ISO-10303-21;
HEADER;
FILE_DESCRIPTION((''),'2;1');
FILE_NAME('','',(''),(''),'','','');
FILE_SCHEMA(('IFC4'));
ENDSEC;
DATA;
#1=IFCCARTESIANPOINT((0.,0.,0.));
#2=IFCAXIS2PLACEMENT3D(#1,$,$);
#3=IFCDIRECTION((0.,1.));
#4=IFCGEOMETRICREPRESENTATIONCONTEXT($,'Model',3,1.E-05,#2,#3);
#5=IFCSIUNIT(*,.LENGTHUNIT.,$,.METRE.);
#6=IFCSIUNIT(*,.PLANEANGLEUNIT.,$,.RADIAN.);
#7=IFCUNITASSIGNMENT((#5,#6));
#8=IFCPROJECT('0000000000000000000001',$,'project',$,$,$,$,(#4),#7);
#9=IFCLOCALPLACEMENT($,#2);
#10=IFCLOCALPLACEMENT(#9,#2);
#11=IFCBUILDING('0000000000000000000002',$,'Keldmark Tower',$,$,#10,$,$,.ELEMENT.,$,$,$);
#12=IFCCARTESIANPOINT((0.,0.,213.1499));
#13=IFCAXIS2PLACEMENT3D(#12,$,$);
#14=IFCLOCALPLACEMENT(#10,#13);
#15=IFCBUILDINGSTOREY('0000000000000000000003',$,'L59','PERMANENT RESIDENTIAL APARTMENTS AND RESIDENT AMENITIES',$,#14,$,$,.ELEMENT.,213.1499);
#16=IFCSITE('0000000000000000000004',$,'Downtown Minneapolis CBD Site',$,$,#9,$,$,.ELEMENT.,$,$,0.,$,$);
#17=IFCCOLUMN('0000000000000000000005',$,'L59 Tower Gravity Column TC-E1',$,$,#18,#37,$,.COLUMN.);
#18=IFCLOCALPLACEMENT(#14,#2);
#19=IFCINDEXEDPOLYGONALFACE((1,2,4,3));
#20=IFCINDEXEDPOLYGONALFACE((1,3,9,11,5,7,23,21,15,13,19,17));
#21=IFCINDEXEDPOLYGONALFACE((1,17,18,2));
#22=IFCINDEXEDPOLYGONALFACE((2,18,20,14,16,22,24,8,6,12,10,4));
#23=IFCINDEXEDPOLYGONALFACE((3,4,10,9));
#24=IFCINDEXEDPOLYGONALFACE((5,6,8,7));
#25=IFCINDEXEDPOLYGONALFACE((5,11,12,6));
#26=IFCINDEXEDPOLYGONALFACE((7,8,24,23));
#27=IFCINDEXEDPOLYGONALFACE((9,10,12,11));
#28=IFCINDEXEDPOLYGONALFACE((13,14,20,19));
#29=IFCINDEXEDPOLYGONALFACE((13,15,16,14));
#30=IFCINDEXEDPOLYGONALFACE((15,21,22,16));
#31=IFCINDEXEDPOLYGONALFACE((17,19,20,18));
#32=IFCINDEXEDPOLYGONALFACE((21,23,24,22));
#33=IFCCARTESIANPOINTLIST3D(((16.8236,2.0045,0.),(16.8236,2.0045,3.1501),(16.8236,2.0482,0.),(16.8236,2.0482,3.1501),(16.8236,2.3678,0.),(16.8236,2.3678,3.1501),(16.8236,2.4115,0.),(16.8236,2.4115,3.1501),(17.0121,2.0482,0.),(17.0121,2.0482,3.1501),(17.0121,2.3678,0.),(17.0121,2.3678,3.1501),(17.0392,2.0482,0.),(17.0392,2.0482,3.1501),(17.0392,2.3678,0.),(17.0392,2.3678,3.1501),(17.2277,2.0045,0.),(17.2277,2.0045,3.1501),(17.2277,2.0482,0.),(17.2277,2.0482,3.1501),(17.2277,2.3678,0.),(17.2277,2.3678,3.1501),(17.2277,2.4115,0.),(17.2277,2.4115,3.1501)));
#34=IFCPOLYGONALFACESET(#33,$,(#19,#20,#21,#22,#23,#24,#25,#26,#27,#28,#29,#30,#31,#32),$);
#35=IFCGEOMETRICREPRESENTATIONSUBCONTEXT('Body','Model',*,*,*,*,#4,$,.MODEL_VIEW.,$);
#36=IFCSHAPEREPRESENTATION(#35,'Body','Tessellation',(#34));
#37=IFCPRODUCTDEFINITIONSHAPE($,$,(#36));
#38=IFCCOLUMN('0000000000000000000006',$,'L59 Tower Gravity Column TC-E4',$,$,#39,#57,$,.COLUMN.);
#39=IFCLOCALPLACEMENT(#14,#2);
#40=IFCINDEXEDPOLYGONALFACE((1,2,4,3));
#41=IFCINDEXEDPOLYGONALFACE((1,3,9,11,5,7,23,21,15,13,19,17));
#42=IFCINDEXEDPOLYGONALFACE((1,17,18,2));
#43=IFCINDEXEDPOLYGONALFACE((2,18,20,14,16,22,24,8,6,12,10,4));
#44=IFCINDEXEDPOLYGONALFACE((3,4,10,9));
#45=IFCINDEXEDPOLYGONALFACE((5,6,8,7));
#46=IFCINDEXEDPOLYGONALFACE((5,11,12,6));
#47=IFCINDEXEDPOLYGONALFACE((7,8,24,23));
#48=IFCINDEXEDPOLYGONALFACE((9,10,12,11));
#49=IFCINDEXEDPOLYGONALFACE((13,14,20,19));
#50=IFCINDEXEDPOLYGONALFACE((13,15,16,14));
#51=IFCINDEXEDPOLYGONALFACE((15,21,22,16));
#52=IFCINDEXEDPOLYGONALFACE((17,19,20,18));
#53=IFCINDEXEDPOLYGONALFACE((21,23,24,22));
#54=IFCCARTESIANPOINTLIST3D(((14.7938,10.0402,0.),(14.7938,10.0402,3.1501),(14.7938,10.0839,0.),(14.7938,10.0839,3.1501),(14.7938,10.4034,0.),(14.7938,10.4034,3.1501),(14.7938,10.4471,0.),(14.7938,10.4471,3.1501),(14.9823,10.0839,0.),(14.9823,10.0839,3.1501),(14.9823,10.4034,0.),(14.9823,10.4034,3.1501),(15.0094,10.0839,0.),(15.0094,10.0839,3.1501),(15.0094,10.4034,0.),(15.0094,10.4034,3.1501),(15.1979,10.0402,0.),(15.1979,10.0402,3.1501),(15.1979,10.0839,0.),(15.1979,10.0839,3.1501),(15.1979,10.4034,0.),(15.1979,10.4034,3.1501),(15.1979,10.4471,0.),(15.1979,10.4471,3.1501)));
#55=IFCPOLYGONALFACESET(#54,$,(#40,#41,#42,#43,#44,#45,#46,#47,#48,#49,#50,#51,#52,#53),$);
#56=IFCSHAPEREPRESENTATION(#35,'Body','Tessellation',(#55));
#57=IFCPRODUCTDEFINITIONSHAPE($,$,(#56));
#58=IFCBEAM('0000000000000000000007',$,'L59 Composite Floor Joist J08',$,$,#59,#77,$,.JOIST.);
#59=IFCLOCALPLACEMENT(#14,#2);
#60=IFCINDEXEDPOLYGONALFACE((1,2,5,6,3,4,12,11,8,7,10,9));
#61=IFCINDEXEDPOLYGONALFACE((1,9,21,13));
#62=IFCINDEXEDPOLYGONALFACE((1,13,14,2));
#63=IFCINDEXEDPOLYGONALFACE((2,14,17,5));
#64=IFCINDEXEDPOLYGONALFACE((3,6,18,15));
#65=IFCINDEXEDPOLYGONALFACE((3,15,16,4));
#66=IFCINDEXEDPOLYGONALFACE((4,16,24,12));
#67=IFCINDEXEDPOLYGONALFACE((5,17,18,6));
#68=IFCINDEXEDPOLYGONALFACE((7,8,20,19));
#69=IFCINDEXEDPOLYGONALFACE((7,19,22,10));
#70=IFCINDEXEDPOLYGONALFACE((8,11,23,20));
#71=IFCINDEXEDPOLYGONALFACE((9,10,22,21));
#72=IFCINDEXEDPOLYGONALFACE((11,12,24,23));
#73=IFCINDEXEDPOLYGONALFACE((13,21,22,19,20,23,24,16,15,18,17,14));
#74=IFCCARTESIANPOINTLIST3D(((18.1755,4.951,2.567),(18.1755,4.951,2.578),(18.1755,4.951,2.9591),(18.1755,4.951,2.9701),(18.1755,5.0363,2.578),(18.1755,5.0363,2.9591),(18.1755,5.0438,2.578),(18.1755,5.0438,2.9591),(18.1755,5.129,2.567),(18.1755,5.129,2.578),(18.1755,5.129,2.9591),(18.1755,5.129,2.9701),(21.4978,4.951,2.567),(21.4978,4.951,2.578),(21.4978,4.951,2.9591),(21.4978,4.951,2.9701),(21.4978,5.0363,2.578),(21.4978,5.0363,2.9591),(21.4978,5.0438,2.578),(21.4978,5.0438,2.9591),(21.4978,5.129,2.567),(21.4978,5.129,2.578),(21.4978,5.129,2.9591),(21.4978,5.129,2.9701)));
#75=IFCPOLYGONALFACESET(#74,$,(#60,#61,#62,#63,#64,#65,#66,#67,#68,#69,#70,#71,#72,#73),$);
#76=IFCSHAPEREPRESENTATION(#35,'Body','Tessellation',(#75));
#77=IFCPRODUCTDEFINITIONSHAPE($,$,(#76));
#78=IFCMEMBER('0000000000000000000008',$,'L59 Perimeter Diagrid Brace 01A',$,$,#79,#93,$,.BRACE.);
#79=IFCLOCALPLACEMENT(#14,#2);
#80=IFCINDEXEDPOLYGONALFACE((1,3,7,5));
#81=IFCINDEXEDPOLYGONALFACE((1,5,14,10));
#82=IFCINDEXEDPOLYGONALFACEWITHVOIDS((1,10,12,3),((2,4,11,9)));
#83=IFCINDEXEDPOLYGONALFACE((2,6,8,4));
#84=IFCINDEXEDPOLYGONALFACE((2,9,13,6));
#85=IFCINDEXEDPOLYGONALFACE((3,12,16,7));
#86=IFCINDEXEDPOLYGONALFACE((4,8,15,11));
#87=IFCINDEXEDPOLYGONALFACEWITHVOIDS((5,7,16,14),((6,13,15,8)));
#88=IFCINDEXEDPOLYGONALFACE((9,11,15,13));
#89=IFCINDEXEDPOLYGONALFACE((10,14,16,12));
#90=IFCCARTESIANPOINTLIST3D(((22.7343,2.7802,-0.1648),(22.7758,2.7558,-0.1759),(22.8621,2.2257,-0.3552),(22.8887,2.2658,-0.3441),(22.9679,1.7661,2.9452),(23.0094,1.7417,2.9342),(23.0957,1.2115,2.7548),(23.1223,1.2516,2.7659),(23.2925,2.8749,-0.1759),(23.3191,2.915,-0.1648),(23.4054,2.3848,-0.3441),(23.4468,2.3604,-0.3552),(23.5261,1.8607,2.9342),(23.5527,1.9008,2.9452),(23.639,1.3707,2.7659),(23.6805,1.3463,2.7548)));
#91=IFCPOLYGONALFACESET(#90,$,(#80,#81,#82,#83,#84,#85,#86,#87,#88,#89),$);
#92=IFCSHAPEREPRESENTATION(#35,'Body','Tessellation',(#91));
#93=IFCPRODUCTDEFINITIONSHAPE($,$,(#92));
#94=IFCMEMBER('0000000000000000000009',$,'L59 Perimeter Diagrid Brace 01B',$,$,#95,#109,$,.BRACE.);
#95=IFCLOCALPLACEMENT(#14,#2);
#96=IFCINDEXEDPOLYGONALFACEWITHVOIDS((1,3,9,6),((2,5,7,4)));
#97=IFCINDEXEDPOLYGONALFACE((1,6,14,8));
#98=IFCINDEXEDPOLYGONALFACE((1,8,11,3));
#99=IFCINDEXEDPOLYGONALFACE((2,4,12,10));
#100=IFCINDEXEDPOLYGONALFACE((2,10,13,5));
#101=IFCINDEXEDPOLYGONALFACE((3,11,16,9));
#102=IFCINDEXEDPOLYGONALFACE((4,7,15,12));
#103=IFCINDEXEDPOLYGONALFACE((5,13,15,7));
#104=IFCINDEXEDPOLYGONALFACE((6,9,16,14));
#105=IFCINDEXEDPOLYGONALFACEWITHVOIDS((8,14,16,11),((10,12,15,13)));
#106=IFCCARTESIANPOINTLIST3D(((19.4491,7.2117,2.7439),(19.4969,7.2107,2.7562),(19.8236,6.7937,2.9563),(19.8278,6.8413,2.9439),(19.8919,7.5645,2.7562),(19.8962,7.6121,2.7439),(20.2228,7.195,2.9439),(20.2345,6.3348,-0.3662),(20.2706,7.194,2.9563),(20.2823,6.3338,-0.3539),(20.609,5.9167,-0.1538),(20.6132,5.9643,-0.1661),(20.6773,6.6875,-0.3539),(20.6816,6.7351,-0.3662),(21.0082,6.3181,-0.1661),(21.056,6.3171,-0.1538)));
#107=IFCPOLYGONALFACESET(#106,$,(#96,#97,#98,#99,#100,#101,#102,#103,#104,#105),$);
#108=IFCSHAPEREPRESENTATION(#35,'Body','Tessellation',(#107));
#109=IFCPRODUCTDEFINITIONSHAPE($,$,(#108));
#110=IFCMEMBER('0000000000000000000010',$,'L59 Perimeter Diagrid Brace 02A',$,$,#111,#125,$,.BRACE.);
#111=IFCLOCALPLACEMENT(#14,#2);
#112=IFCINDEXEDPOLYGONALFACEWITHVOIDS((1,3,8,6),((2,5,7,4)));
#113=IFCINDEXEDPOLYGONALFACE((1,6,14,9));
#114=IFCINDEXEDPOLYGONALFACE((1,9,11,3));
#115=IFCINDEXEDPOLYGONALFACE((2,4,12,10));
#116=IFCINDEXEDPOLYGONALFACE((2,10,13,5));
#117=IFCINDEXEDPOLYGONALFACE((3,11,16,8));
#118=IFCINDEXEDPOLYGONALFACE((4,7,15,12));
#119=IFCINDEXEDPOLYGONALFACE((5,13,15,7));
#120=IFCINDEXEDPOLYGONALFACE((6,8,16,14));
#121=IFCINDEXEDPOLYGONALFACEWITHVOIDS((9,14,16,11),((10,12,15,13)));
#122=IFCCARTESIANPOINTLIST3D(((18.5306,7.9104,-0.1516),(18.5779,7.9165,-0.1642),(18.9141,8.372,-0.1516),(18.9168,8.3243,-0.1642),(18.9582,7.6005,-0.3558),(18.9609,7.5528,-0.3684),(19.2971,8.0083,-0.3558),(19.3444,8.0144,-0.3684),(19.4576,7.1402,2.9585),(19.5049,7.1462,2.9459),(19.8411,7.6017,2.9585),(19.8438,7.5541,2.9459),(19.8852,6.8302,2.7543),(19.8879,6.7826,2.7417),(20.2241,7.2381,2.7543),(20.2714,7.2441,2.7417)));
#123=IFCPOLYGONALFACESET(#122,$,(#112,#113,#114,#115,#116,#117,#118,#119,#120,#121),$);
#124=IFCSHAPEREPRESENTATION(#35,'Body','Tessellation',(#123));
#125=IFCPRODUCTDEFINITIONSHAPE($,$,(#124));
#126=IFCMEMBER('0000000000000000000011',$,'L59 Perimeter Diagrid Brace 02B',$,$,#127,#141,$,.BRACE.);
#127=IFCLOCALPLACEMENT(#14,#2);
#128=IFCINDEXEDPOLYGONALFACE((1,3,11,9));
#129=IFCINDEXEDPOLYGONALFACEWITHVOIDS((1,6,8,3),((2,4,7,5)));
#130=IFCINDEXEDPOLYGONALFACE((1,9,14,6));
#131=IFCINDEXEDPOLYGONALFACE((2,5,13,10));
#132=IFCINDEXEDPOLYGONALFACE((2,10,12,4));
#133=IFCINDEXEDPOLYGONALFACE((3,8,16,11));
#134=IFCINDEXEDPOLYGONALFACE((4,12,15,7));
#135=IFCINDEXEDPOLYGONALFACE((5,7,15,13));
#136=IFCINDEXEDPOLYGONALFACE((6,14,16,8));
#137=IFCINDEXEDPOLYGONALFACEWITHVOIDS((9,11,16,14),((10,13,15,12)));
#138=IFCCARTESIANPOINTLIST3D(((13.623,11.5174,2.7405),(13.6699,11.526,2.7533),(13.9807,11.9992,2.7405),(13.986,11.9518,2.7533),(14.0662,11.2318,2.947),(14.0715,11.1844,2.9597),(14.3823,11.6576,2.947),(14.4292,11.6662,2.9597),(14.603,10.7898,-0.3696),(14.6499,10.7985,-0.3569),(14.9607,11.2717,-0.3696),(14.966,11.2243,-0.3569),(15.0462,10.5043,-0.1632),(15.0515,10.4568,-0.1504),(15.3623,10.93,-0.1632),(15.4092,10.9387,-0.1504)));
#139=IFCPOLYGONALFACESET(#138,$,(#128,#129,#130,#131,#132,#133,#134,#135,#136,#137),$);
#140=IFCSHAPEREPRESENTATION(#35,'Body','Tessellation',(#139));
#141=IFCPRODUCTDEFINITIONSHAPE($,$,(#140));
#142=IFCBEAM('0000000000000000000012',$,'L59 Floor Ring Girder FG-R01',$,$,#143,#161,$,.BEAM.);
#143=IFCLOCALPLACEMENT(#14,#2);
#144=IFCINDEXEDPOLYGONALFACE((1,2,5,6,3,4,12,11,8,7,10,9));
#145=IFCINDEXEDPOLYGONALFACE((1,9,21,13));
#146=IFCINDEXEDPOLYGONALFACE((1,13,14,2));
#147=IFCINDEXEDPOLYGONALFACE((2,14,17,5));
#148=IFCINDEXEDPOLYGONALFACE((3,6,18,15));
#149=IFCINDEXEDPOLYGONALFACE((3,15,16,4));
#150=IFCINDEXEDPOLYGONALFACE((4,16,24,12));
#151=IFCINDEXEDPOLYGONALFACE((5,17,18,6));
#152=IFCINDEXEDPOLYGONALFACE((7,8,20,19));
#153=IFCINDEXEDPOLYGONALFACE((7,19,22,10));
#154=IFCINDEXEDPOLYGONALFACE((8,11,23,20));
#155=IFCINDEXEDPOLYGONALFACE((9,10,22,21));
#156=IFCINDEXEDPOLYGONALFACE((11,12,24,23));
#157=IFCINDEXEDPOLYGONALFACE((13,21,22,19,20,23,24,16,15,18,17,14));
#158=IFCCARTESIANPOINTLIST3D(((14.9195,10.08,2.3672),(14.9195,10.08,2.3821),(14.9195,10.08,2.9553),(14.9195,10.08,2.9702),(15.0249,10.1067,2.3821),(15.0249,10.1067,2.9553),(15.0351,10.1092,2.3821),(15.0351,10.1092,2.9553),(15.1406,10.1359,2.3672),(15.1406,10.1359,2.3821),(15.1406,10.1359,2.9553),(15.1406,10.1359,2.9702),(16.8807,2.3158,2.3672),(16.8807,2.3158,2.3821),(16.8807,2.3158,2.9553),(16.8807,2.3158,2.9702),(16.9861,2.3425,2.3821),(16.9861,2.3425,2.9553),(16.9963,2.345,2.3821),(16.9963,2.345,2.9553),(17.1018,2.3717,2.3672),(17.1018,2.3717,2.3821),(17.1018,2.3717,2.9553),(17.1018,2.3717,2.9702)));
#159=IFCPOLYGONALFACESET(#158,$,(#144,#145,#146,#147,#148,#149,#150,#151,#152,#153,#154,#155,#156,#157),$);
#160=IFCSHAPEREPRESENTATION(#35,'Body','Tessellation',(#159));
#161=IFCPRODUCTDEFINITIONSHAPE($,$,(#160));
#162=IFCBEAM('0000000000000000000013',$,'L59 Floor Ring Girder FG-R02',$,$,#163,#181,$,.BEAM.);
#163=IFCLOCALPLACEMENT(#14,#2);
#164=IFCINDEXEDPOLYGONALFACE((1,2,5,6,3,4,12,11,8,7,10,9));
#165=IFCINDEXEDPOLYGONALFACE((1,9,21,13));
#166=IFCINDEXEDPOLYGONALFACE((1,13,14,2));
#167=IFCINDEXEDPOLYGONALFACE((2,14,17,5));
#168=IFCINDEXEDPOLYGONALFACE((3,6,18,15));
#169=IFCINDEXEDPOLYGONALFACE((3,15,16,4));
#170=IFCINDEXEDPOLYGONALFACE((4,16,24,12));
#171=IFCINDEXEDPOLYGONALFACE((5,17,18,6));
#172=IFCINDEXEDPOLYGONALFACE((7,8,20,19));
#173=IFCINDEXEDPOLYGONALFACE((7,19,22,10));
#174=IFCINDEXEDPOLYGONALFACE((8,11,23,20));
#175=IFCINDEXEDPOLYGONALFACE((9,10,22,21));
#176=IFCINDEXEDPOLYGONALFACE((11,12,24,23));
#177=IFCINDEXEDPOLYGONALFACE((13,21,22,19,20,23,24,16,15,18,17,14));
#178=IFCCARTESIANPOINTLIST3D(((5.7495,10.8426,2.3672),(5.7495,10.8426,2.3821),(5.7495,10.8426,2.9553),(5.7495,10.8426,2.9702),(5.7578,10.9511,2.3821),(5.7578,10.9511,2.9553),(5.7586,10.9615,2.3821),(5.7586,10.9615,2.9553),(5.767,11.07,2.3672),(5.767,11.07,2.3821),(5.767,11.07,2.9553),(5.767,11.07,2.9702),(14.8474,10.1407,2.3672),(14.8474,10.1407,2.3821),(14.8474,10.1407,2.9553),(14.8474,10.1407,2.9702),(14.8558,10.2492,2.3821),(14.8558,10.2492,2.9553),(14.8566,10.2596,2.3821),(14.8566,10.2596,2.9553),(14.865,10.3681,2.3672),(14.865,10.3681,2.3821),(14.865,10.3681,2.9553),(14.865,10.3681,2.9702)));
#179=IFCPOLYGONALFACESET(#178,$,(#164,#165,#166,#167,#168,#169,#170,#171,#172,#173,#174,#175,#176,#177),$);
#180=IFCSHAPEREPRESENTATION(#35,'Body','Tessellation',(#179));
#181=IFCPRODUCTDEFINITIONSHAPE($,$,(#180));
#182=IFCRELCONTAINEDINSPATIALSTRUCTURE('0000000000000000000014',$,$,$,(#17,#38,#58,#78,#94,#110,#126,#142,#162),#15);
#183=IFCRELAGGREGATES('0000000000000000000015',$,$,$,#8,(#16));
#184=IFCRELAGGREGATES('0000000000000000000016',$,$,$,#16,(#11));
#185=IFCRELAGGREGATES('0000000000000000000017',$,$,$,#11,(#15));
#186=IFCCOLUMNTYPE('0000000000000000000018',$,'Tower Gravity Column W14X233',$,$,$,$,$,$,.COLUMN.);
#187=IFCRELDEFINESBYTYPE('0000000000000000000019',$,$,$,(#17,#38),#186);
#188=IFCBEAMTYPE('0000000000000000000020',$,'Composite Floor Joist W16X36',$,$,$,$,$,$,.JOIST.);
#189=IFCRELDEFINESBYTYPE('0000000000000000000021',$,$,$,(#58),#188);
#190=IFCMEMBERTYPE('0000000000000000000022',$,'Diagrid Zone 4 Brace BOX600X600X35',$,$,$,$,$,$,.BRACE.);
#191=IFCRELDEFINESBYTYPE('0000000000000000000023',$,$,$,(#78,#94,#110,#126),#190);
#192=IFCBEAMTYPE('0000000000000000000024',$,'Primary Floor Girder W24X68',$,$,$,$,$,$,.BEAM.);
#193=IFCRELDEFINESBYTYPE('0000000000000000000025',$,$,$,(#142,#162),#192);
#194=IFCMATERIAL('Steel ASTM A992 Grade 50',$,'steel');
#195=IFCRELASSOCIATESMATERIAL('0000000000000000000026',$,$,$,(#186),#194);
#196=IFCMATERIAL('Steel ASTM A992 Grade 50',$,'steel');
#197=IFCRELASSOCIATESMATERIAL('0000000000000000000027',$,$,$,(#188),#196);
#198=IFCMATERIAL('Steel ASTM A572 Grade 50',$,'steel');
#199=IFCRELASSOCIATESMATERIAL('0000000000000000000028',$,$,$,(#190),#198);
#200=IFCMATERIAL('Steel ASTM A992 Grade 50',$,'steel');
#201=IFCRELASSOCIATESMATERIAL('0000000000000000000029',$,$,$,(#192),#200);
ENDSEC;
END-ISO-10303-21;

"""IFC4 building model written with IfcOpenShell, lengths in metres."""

from ifc_helpers import new_model, si_unit, direction, frame, origin, origin_2d, place, context, subcontext, project, spatial, hollow_rectangle, i_section, extrude, material, material_profile, profile_set, type_object, element, save


model = new_model("IFC4")

# Units and contexts
model_context = context("Model", 3, precision=1e-05, world=origin(), true_north=direction((0.0, 1.0)))
body_context = subcontext(model_context, "Body", "Model", "MODEL_VIEW")
ifc_project = project(units=[si_unit("LENGTHUNIT", "METRE"), si_unit("PLANEANGLEUNIT", "RADIAN")], contexts=[model_context])

# Site, building, storey
site_placement = place(None, origin())
site = spatial("IfcSite", under=ifc_project, at=site_placement, Name="Downtown Minneapolis CBD Site", CompositionType="ELEMENT", RefElevation=0.0)
building_placement = place(site_placement, origin())
building = spatial("IfcBuilding", under=site, at=building_placement, Name="Keldmark Tower", CompositionType="ELEMENT")
storey_placement = place(building_placement, frame((0.0, 0.0, 213.1499)))
storey = spatial("IfcBuildingStorey", under=building, at=storey_placement, Name="L59", Description="PERMANENT RESIDENTIAL APARTMENTS AND RESIDENT AMENITIES", CompositionType="ELEMENT", Elevation=213.1499)

# Columns
ifc_material_1 = material(Name="Steel ASTM A992 Grade 50", Category="steel")
ifc_material_profile_1 = material_profile(ifc_material_1, i_section(OverallWidth=0.4041, OverallDepth=0.407, WebThickness=0.0271, FlangeThickness=0.0437, at=origin_2d()), Name="W14X233")
ifc_profile_set_1 = profile_set([ifc_material_profile_1], Name="Steel ASTM A992 Grade 50")
column_type = type_object("IfcColumnType", Name="Tower Gravity Column W14X233", PredefinedType="COLUMN", material=ifc_profile_set_1)
for number, where, z_axis, x_axis, name in (
    (1, (17.0256, 2.208, 0.0), (0.0, 0.0, 1.0), (1.0, 0.0, 0.0), "L59 Tower Gravity Column TC-E1"),
    (2, (14.9958, 10.2437, 0.0), (0.0, 0.0, 1.0), (1.0, 0.0, 0.0), "L59 Tower Gravity Column TC-E4"),
):
    element("IfcColumn", number, at=place(storey_placement, frame(where, z_axis=z_axis, x_axis=x_axis)), inside=storey, type_object=column_type, Name=name, PredefinedType="COLUMN", context=body_context, shape_type="SweptSolid", body=[
        extrude(i_section(OverallWidth=0.4041, OverallDepth=0.407, WebThickness=0.0271, FlangeThickness=0.0437, at=origin_2d()), origin(), (0.0, 0.0, 1.0), 3.1501),
    ])

# Beam
ifc_material_2 = material(Name="Steel ASTM A992 Grade 50", Category="steel")
ifc_material_profile_2 = material_profile(ifc_material_2, i_section(OverallWidth=0.178, OverallDepth=0.4031, WebThickness=0.0076, FlangeThickness=0.011, at=origin_2d()), Name="W16X36")
ifc_profile_set_2 = profile_set([ifc_material_profile_2], Name="Steel ASTM A992 Grade 50")
beam_type_1 = type_object("IfcBeamType", Name="Composite Floor Joist W16X36", PredefinedType="JOIST", material=ifc_profile_set_2)
beam_1_placement = place(storey_placement, frame((18.1755, 5.04, 2.7686), z_axis=(1.0, 0.0, 0.0), x_axis=(0.0, 1.0, 0.0)))
element("IfcBeam", 3, at=beam_1_placement, inside=storey, type_object=beam_type_1, Name="L59 Composite Floor Joist J08", PredefinedType="JOIST", context=body_context, shape_type="SweptSolid", body=[
    extrude(i_section(OverallWidth=0.178, OverallDepth=0.4031, WebThickness=0.0076, FlangeThickness=0.011, at=origin_2d()), origin(), (0.0, 0.0, 1.0), 3.3223),
])

# Members
ifc_material_3 = material(Name="Steel ASTM A572 Grade 50", Category="steel")
ifc_material_profile_3 = material_profile(ifc_material_3, hollow_rectangle(XDim=0.6001, YDim=0.6001, WallThickness=0.0349, at=origin_2d()), Name="BOX600X600X35")
ifc_profile_set_3 = profile_set([ifc_material_profile_3], Name="Steel ASTM A572 Grade 50")
member_type = type_object("IfcMemberType", Name="Diagrid Zone 4 Brace BOX600X600X35", PredefinedType="BRACE", material=ifc_profile_set_3)
member_1_placement = place(storey_placement, frame((23.0906, 2.5703, -0.26), z_axis=(0.071241, -0.309231, 0.948315), x_axis=(0.974474, 0.2245, 0.0)))
element("IfcMember", 4, at=member_1_placement, inside=storey, type_object=member_type, Name="L59 Perimeter Diagrid Brace 01A", PredefinedType="BRACE", context=body_context, shape_type="SweptSolid", body=[
    extrude(hollow_rectangle(XDim=0.6001, YDim=0.6001, WallThickness=0.0349, at=origin_2d()), origin(), (0.0, 0.0, 1.0), 3.2795),
])
member_2_placement = place(storey_placement, frame((20.6453, 6.3259, -0.26), z_axis=(-0.236178, 0.263709, 0.935242), x_axis=(-0.744921, -0.667152, 0.0)))
element("IfcMember", 5, at=member_2_placement, inside=storey, type_object=member_type, Name="L59 Perimeter Diagrid Brace 01B", PredefinedType="BRACE", context=body_context, shape_type="SweptSolid", body=[
    extrude(hollow_rectangle(XDim=0.6001, YDim=0.6001, WallThickness=0.0349, at=origin_2d()), origin(), (0.0, 0.0, 1.0), 3.3254),
])
member_3_placement = place(storey_placement, frame((18.9375, 7.9624, -0.26), z_axis=(0.277922, -0.230931, 0.932433), x_axis=(0.639088, 0.769134, 0.0)))
element("IfcMember", 6, at=member_3_placement, inside=storey, type_object=member_type, Name="L59 Perimeter Diagrid Brace 02A", PredefinedType="BRACE", context=body_context, shape_type="SweptSolid", body=[
    extrude(hollow_rectangle(XDim=0.6001, YDim=0.6001, WallThickness=0.0349, at=origin_2d()), origin(), (0.0, 0.0, 1.0), 3.3354),
])
member_4_placement = place(storey_placement, frame((15.0061, 10.8643, -0.26), z_axis=(-0.293317, 0.217759, 0.930884), x_axis=(-0.596088, -0.802919, 0.0)))
element("IfcMember", 7, at=member_4_placement, inside=storey, type_object=member_type, Name="L59 Perimeter Diagrid Brace 02B", PredefinedType="BRACE", context=body_context, shape_type="SweptSolid", body=[
    extrude(hollow_rectangle(XDim=0.6001, YDim=0.6001, WallThickness=0.0349, at=origin_2d()), origin(), (0.0, 0.0, 1.0), 3.3411),
])

# Beams
ifc_material_4 = material(Name="Steel ASTM A992 Grade 50", Category="steel")
ifc_material_profile_4 = material_profile(ifc_material_4, i_section(OverallWidth=0.228, OverallDepth=0.603, WebThickness=0.0105, FlangeThickness=0.0149, at=origin_2d()), Name="W24X68")
ifc_profile_set_4 = profile_set([ifc_material_profile_4], Name="Steel ASTM A992 Grade 50")
beam_type_2 = type_object("IfcBeamType", Name="Primary Floor Girder W24X68", PredefinedType="BEAM", material=ifc_profile_set_4)
beam_2_placement = place(storey_placement, frame((16.9912, 2.3438, 2.6687), z_axis=(-0.244902, 0.969548, 0.0), x_axis=(-0.969548, -0.244902, 0.0)))
element("IfcBeam", 8, at=beam_2_placement, inside=storey, type_object=beam_type_2, Name="L59 Floor Ring Girder FG-R01", PredefinedType="BEAM", context=body_context, shape_type="SweptSolid", body=[
    extrude(i_section(OverallWidth=0.228, OverallDepth=0.603, WebThickness=0.0105, FlangeThickness=0.0149, at=origin_2d()), origin(), (0.0, 0.0, 1.0), 8.0081),
])
beam_3_placement = place(storey_placement, frame((14.8562, 10.2544, 2.6687), z_axis=(-0.997037, 0.076922, 0.0), x_axis=(-0.076922, -0.997037, 0.0)))
element("IfcBeam", 9, at=beam_3_placement, inside=storey, type_object=beam_type_2, Name="L59 Floor Ring Girder FG-R02", PredefinedType="BEAM", context=body_context, shape_type="SweptSolid", body=[
    extrude(i_section(OverallWidth=0.228, OverallDepth=0.603, WebThickness=0.0105, FlangeThickness=0.0149, at=origin_2d()), origin(), (0.0, 0.0, 1.0), 9.125),
])

save(model, "model.ifc")
